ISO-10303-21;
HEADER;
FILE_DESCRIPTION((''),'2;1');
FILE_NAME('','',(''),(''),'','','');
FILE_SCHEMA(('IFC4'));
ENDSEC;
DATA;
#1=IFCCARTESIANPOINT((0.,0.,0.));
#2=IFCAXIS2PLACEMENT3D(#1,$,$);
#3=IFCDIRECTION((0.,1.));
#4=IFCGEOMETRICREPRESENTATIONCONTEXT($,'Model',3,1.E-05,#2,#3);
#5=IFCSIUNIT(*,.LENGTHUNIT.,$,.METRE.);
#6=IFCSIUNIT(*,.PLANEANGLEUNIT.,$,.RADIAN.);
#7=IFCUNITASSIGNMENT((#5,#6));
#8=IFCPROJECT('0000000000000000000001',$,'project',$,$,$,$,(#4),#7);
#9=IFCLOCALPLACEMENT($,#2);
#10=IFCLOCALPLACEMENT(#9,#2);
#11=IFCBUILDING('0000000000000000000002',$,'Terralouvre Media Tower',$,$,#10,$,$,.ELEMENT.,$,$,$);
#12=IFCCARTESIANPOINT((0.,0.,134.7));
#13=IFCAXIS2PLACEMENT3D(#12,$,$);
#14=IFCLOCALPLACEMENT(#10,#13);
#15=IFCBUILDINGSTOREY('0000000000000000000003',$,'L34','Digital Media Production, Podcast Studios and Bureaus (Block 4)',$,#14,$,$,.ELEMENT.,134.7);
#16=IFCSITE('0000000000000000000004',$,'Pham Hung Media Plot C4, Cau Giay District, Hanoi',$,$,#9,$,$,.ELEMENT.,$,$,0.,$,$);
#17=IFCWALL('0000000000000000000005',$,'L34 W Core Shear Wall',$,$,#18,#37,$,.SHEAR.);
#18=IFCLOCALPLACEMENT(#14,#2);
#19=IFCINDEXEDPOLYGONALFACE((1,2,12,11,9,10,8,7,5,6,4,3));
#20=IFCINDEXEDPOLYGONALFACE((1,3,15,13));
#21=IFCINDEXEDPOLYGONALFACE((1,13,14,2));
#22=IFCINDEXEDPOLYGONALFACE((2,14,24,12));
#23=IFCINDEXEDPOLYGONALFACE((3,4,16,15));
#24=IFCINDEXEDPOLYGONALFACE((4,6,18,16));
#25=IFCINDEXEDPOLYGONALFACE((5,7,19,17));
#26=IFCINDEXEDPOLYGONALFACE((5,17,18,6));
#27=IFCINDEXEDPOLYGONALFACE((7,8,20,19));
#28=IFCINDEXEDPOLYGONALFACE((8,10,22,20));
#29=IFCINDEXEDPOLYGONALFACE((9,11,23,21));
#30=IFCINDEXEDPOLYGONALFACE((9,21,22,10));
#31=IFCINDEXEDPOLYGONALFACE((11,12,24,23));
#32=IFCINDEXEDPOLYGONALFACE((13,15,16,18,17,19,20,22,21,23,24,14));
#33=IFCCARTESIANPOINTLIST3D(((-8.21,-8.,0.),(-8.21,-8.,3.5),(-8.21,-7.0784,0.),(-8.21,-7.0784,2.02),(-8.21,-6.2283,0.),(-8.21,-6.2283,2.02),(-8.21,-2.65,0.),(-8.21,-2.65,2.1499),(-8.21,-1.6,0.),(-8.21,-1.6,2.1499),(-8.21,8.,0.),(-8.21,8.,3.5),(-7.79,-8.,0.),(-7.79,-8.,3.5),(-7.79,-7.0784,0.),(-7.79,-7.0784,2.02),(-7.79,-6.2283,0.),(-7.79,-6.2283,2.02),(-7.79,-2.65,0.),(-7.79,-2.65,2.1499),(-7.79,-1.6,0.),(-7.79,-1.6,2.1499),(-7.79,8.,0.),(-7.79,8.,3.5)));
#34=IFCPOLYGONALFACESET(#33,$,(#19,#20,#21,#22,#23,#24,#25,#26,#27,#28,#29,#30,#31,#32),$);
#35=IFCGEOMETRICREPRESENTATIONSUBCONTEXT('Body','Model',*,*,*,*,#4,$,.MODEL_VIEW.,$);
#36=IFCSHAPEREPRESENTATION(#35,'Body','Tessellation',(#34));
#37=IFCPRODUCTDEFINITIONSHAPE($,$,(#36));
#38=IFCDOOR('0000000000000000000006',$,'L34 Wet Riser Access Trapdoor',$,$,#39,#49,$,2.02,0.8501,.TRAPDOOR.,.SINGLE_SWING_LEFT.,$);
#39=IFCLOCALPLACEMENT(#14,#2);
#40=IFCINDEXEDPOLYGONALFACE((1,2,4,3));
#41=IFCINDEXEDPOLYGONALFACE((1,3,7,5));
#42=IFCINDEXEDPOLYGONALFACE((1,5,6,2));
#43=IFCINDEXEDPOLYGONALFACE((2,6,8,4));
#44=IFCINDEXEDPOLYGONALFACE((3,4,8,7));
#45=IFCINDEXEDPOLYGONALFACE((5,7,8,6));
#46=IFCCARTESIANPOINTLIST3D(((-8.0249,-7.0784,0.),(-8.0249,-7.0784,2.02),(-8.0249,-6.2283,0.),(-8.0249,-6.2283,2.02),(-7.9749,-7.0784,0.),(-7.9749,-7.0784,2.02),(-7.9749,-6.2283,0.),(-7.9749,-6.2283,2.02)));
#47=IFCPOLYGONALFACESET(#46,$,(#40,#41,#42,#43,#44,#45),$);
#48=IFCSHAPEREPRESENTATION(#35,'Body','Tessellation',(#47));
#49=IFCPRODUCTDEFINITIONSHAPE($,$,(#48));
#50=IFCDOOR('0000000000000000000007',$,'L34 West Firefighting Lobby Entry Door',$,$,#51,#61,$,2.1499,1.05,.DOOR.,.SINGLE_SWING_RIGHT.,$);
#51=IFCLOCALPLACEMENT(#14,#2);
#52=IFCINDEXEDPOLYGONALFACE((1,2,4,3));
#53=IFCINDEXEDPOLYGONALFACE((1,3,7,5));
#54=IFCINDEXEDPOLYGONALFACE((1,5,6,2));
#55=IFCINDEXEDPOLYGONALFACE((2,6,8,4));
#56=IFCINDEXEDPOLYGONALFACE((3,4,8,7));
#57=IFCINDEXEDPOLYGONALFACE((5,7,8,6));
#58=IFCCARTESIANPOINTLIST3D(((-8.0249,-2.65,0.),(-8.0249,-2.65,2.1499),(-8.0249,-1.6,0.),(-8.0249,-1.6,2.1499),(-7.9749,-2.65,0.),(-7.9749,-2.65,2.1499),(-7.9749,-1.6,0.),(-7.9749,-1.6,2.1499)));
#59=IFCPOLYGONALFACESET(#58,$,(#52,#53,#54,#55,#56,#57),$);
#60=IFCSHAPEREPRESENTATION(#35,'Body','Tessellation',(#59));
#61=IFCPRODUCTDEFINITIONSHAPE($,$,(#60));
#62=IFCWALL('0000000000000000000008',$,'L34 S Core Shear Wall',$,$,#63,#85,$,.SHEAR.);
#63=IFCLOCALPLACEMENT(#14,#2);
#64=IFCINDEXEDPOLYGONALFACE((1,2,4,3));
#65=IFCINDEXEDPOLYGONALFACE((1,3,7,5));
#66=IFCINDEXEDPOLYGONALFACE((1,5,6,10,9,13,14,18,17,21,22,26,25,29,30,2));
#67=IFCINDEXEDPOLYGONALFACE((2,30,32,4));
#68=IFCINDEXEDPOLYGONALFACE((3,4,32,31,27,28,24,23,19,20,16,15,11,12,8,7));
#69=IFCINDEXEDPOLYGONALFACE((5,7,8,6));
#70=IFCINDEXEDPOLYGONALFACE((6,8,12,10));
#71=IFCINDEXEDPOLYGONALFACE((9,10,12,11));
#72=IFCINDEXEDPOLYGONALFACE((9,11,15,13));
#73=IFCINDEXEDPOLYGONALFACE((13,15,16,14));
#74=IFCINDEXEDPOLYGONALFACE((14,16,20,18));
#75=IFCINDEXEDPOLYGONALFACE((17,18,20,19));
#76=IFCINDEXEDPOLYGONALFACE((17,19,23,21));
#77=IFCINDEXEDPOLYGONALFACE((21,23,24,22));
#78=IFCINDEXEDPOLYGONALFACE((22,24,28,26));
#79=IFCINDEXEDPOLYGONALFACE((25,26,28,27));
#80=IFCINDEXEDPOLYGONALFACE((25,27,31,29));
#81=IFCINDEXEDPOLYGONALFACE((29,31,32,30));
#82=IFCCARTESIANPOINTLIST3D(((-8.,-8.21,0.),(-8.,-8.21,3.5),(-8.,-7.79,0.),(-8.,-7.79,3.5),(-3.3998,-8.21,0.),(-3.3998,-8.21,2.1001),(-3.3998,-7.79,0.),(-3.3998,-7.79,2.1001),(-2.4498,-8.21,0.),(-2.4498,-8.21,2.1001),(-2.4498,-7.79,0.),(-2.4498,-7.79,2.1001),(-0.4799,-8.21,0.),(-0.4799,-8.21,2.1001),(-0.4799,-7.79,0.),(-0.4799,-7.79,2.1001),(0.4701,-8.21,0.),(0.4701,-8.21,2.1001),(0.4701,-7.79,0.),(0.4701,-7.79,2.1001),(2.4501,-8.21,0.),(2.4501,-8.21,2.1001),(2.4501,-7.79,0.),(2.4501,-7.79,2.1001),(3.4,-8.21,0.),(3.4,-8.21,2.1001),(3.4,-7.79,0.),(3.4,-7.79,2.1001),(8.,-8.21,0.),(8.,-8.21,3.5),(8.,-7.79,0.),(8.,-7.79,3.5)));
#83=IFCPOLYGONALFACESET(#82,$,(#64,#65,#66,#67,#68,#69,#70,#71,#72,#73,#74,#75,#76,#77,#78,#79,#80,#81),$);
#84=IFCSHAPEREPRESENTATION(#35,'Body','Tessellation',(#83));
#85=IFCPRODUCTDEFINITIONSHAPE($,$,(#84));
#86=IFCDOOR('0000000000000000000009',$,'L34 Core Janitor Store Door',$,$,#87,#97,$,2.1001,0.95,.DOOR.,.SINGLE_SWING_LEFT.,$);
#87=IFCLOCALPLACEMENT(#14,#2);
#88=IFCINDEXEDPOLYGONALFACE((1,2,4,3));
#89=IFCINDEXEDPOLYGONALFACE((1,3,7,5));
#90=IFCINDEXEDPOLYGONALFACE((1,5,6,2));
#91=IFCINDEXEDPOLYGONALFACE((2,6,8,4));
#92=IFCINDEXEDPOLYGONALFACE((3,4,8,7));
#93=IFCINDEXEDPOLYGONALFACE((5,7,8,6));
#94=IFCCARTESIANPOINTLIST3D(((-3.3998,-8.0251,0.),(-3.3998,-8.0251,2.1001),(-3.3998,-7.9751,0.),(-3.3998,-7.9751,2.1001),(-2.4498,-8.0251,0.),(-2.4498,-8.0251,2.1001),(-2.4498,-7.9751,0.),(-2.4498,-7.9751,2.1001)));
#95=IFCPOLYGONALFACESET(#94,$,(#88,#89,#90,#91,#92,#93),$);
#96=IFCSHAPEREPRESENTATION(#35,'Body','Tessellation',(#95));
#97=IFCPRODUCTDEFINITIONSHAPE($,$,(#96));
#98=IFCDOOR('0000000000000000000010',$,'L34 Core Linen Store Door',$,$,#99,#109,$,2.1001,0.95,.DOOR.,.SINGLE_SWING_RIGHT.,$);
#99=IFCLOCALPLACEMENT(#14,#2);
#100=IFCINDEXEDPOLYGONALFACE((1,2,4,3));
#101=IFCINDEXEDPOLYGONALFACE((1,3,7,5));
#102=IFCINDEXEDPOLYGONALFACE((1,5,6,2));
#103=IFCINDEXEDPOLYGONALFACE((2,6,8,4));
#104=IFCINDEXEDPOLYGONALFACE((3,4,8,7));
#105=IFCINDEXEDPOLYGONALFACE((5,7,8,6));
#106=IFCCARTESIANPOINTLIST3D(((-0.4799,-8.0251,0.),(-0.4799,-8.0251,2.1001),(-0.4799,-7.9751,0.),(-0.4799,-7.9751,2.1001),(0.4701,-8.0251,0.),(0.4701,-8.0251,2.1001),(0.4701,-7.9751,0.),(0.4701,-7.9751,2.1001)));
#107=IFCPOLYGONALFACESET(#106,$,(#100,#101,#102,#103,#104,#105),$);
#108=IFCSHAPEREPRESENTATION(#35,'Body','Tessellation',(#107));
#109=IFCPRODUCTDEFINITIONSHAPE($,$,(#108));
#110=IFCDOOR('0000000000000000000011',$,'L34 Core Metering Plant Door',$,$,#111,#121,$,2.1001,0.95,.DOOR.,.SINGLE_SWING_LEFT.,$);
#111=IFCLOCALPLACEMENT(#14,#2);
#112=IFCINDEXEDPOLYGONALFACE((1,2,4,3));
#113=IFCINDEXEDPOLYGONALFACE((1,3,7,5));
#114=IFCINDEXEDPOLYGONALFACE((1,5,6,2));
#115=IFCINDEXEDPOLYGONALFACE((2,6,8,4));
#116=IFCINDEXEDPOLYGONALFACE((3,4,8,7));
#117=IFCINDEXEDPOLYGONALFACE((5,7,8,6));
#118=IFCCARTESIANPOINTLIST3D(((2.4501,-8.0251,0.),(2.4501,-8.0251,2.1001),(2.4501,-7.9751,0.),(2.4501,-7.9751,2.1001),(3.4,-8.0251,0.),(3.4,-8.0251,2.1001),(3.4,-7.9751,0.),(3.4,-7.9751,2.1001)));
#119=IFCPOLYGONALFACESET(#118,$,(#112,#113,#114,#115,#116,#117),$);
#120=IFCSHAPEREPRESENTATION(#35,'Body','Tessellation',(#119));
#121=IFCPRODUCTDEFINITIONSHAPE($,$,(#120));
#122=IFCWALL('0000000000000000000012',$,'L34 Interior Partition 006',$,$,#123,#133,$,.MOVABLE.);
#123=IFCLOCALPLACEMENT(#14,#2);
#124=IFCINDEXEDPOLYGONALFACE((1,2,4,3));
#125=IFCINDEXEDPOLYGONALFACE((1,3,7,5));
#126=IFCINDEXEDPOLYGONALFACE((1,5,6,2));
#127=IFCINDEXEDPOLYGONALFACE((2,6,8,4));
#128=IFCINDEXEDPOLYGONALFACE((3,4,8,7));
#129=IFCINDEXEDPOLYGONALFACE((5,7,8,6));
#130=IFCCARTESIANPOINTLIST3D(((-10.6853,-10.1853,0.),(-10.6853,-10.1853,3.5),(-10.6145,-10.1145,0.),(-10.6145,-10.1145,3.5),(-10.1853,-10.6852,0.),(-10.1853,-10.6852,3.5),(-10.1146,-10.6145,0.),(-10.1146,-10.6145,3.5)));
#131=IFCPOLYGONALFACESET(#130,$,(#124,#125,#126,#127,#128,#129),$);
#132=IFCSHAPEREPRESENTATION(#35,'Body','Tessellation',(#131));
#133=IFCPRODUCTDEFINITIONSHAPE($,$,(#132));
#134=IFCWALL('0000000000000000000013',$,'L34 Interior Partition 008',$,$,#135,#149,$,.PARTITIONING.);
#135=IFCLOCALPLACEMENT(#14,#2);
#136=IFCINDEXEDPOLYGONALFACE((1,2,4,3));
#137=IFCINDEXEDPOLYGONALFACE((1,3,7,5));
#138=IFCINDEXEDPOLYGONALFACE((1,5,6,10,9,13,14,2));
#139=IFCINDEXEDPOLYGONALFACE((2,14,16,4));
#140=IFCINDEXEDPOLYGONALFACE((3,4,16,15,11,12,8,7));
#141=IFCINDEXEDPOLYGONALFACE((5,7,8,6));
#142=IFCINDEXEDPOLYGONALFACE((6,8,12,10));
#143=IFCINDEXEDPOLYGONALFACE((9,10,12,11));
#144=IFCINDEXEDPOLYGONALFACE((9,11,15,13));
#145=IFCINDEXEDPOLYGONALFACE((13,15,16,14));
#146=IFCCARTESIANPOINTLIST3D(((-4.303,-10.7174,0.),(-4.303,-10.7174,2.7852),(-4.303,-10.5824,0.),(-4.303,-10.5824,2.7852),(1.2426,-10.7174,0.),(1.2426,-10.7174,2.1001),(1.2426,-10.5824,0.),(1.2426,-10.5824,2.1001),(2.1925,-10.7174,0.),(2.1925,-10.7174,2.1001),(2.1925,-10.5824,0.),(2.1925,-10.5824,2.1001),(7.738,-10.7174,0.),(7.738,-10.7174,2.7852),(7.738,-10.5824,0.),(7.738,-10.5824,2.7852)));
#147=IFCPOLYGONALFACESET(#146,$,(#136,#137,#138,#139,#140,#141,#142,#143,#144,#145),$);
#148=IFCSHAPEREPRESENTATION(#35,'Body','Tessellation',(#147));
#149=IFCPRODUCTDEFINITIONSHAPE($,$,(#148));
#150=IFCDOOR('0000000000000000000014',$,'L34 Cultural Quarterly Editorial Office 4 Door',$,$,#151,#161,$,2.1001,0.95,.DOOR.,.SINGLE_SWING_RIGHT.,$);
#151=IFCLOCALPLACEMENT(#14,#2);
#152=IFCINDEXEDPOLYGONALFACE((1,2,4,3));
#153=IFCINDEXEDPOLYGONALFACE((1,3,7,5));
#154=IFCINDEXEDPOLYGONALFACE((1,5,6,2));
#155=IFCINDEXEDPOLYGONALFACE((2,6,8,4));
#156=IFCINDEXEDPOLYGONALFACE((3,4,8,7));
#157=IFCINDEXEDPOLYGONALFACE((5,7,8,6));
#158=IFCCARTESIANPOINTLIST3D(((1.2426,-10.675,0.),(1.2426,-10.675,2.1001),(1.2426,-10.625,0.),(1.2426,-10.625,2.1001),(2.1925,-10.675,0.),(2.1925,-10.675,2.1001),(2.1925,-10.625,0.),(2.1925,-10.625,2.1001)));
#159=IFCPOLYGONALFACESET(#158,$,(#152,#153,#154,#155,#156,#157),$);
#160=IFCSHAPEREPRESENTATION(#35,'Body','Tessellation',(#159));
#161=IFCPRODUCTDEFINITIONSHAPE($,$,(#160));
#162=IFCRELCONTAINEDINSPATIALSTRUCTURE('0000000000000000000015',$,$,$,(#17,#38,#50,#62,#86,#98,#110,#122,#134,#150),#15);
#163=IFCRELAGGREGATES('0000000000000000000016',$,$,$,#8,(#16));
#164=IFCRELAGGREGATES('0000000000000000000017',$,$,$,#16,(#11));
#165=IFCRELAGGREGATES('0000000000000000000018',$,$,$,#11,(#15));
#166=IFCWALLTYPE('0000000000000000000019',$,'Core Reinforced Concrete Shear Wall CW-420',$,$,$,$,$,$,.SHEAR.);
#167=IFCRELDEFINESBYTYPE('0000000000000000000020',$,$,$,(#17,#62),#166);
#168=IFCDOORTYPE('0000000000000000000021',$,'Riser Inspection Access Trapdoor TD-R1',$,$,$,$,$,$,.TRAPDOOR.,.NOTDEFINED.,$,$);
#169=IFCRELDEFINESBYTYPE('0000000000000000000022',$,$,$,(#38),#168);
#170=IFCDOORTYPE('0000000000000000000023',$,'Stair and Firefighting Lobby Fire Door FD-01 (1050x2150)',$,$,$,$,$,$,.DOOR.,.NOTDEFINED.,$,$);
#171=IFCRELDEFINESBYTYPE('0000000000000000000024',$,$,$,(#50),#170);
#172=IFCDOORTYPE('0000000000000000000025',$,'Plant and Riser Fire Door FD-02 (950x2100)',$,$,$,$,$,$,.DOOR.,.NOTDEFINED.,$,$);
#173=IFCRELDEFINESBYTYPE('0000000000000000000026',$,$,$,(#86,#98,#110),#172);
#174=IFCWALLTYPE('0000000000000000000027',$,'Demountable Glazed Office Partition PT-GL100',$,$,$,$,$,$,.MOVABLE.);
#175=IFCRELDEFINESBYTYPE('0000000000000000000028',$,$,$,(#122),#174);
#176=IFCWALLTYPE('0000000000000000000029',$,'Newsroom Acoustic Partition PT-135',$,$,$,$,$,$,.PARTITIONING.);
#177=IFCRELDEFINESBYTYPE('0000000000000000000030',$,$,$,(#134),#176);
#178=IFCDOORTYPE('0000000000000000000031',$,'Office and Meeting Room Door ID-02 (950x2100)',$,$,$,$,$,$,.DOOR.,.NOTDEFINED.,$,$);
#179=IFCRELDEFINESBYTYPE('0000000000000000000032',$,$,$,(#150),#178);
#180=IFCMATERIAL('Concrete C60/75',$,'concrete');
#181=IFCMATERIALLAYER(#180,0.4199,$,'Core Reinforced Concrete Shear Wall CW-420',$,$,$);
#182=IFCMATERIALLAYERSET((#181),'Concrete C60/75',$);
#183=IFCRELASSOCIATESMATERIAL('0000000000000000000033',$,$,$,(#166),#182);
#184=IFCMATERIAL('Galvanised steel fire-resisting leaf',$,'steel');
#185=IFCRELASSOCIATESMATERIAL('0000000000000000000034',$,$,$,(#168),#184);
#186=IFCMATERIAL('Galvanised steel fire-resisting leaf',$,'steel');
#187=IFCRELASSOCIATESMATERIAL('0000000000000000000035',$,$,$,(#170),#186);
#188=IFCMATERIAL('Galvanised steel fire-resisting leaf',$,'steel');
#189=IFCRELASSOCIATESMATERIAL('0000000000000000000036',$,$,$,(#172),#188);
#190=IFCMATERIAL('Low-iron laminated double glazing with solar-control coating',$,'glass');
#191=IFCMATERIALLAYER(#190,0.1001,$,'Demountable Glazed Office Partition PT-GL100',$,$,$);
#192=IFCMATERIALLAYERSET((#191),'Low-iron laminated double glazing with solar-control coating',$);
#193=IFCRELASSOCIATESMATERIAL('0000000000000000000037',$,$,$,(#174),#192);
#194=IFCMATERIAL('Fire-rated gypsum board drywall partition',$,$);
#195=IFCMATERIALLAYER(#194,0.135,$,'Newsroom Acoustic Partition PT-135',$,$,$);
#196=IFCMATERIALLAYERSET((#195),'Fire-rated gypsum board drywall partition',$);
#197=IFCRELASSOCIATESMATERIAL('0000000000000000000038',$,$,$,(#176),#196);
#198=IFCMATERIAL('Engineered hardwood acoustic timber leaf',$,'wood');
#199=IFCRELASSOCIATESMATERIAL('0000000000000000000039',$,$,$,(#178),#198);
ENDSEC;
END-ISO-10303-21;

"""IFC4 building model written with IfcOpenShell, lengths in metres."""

from ifc_helpers import new_model, si_unit, direction, frame, frame_2d, origin, place, context, subcontext, project, spatial, rectangle, extrude, material, layer, layer_set, type_object, element, fill, save


model = new_model("IFC4")

# Units and contexts
model_context = context("Model", 3, precision=1e-05, world=origin(), true_north=direction((0.0, 1.0)))
body_context = subcontext(model_context, "Body", "Model", "MODEL_VIEW")
ifc_project = project(units=[si_unit("LENGTHUNIT", "METRE"), si_unit("PLANEANGLEUNIT", "RADIAN")], contexts=[model_context])

# Site, building, storey
site_placement = place(None, origin())
site = spatial("IfcSite", under=ifc_project, at=site_placement, Name="Pham Hung Media Plot C4, Cau Giay District, Hanoi", CompositionType="ELEMENT", RefElevation=0.0)
building_placement = place(site_placement, origin())
building = spatial("IfcBuilding", under=site, at=building_placement, Name="Terralouvre Media Tower", CompositionType="ELEMENT")
storey_placement = place(building_placement, frame((0.0, 0.0, 134.7)))
storey = spatial("IfcBuildingStorey", under=building, at=storey_placement, Name="L34", Description="Digital Media Production, Podcast Studios and Bureaus (Block 4)", CompositionType="ELEMENT", Elevation=134.7)

# Walls, openings, doors
ifc_material_1 = material(Name="Concrete C60/75", Category="concrete")
ifc_layer_1 = layer(ifc_material_1, 0.4199, Name="Core Reinforced Concrete Shear Wall CW-420")
ifc_layer_set_1 = layer_set([ifc_layer_1], Name="Concrete C60/75")
wall_type_1 = type_object("IfcWallType", Name="Core Reinforced Concrete Shear Wall CW-420", PredefinedType="SHEAR", material=ifc_layer_set_1)
wall_1_placement = place(storey_placement, frame((-8.0, -8.0, 0.0), z_axis=(0.0, 0.0, 1.0), x_axis=(0.0, 1.0, 0.0)))
wall_1 = element("IfcWall", 1, at=wall_1_placement, inside=storey, type_object=wall_type_1, Name="L34 W Core Shear Wall", PredefinedType="SHEAR", context=body_context, shape_type="SweptSolid", body=[
    extrude(rectangle(XDim=16.0, YDim=0.4199, at=frame_2d((8.0, 0.0))), origin(), (0.0, 0.0, 1.0), 3.5),
])
opening_1_placement = place(wall_1_placement, frame((0.9216, 0.0, 0.0)))
opening_1 = element("IfcOpeningElement", 2, at=opening_1_placement, cuts=wall_1, PredefinedType="OPENING", context=body_context, shape_type="SweptSolid", body=[
    extrude(rectangle(XDim=0.8501, YDim=2.02, at=frame_2d((0.425, 1.01))), frame((0.0, 0.22, 0.0), z_axis=(0.0, -1.0, 0.0), x_axis=(1.0, 0.0, 0.0)), (0.0, 0.0, 1.0), 0.4399),
])
opening_2_placement = place(wall_1_placement, frame((5.3501, 0.0, 0.0)))
opening_2 = element("IfcOpeningElement", 3, at=opening_2_placement, cuts=wall_1, PredefinedType="OPENING", context=body_context, shape_type="SweptSolid", body=[
    extrude(rectangle(XDim=1.05, YDim=2.1499, at=frame_2d((0.5249, 1.075))), frame((0.0, 0.22, 0.0), z_axis=(0.0, -1.0, 0.0), x_axis=(1.0, 0.0, 0.0)), (0.0, 0.0, 1.0), 0.4399),
])
ifc_material_2 = material(Name="Galvanised steel fire-resisting leaf", Category="steel")
door_type_1 = type_object("IfcDoorType", Name="Riser Inspection Access Trapdoor TD-R1", OperationType="NOTDEFINED", PredefinedType="TRAPDOOR", material=ifc_material_2)
door_1_placement = place(opening_1_placement, origin())
door_1 = element("IfcDoor", 4, at=door_1_placement, inside=storey, type_object=door_type_1, Name="L34 Wet Riser Access Trapdoor", OperationType="SINGLE_SWING_LEFT", OverallHeight=2.02, OverallWidth=0.8501, PredefinedType="TRAPDOOR", context=body_context, shape_type="SweptSolid", body=[
    extrude(rectangle(XDim=0.8501, YDim=2.02, at=frame_2d((0.425, 1.01))), frame((0.0, 0.0249, 0.0), z_axis=(0.0, -1.0, 0.0), x_axis=(1.0, 0.0, 0.0)), (0.0, 0.0, 1.0), 0.05),
])
fill(opening_1, door_1)
ifc_material_3 = material(Name="Galvanised steel fire-resisting leaf", Category="steel")
door_type_2 = type_object("IfcDoorType", Name="Stair and Firefighting Lobby Fire Door FD-01 (1050x2150)", OperationType="NOTDEFINED", PredefinedType="DOOR", material=ifc_material_3)
door_2_placement = place(opening_2_placement, origin())
door_2 = element("IfcDoor", 5, at=door_2_placement, inside=storey, type_object=door_type_2, Name="L34 West Firefighting Lobby Entry Door", OperationType="SINGLE_SWING_RIGHT", OverallHeight=2.1499, OverallWidth=1.05, PredefinedType="DOOR", context=body_context, shape_type="SweptSolid", body=[
    extrude(rectangle(XDim=1.05, YDim=2.1499, at=frame_2d((0.5249, 1.075))), frame((0.0, 0.0249, 0.0), z_axis=(0.0, -1.0, 0.0), x_axis=(1.0, 0.0, 0.0)), (0.0, 0.0, 1.0), 0.05),
])
fill(opening_2, door_2)
wall_2_placement = place(storey_placement, frame((-8.0, -8.0, 0.0), z_axis=(0.0, 0.0, 1.0), x_axis=(1.0, 0.0, 0.0)))
wall_2 = element("IfcWall", 6, at=wall_2_placement, inside=storey, type_object=wall_type_1, Name="L34 S Core Shear Wall", PredefinedType="SHEAR", context=body_context, shape_type="SweptSolid", body=[
    extrude(rectangle(XDim=16.0, YDim=0.4199, at=frame_2d((8.0, 0.0))), origin(), (0.0, 0.0, 1.0), 3.5),
])
opening_3_placement = place(wall_2_placement, frame((4.6001, 0.0, 0.0)))
opening_3 = element("IfcOpeningElement", 7, at=opening_3_placement, cuts=wall_2, PredefinedType="OPENING", context=body_context, shape_type="SweptSolid", body=[
    extrude(rectangle(XDim=0.95, YDim=2.1001, at=frame_2d((0.4751, 1.05))), frame((0.0, 0.22, 0.0), z_axis=(0.0, -1.0, 0.0), x_axis=(1.0, 0.0, 0.0)), (0.0, 0.0, 1.0), 0.4399),
])
opening_4_placement = place(wall_2_placement, frame((7.52, 0.0, 0.0)))
opening_4 = element("IfcOpeningElement", 8, at=opening_4_placement, cuts=wall_2, PredefinedType="OPENING", context=body_context, shape_type="SweptSolid", body=[
    extrude(rectangle(XDim=0.95, YDim=2.1001, at=frame_2d((0.4751, 1.05))), frame((0.0, 0.22, 0.0), z_axis=(0.0, -1.0, 0.0), x_axis=(1.0, 0.0, 0.0)), (0.0, 0.0, 1.0), 0.4399),
])
opening_5_placement = place(wall_2_placement, frame((10.45, 0.0, 0.0)))
opening_5 = element("IfcOpeningElement", 9, at=opening_5_placement, cuts=wall_2, PredefinedType="OPENING", context=body_context, shape_type="SweptSolid", body=[
    extrude(rectangle(XDim=0.95, YDim=2.1001, at=frame_2d((0.4751, 1.05))), frame((0.0, 0.22, 0.0), z_axis=(0.0, -1.0, 0.0), x_axis=(1.0, 0.0, 0.0)), (0.0, 0.0, 1.0), 0.4399),
])
ifc_material_4 = material(Name="Galvanised steel fire-resisting leaf", Category="steel")
door_type_3 = type_object("IfcDoorType", Name="Plant and Riser Fire Door FD-02 (950x2100)", OperationType="NOTDEFINED", PredefinedType="DOOR", material=ifc_material_4)
door_3_placement = place(opening_3_placement, origin())
door_3 = element("IfcDoor", 10, at=door_3_placement, inside=storey, type_object=door_type_3, Name="L34 Core Janitor Store Door", OperationType="SINGLE_SWING_LEFT", OverallHeight=2.1001, OverallWidth=0.95, PredefinedType="DOOR", context=body_context, shape_type="SweptSolid", body=[
    extrude(rectangle(XDim=0.95, YDim=2.1001, at=frame_2d((0.4751, 1.05))), frame((0.0, 0.0249, 0.0), z_axis=(0.0, -1.0, 0.0), x_axis=(1.0, 0.0, 0.0)), (0.0, 0.0, 1.0), 0.05),
])
fill(opening_3, door_3)
door_4_placement = place(opening_4_placement, origin())
door_4 = element("IfcDoor", 11, at=door_4_placement, inside=storey, type_object=door_type_3, Name="L34 Core Linen Store Door", OperationType="SINGLE_SWING_RIGHT", OverallHeight=2.1001, OverallWidth=0.95, PredefinedType="DOOR", context=body_context, shape_type="SweptSolid", body=[
    extrude(rectangle(XDim=0.95, YDim=2.1001, at=frame_2d((0.4751, 1.05))), frame((0.0, 0.0249, 0.0), z_axis=(0.0, -1.0, 0.0), x_axis=(1.0, 0.0, 0.0)), (0.0, 0.0, 1.0), 0.05),
])
fill(opening_4, door_4)
door_5_placement = place(opening_5_placement, origin())
door_5 = element("IfcDoor", 12, at=door_5_placement, inside=storey, type_object=door_type_3, Name="L34 Core Metering Plant Door", OperationType="SINGLE_SWING_LEFT", OverallHeight=2.1001, OverallWidth=0.95, PredefinedType="DOOR", context=body_context, shape_type="SweptSolid", body=[
    extrude(rectangle(XDim=0.95, YDim=2.1001, at=frame_2d((0.4751, 1.05))), frame((0.0, 0.0249, 0.0), z_axis=(0.0, -1.0, 0.0), x_axis=(1.0, 0.0, 0.0)), (0.0, 0.0, 1.0), 0.05),
])
fill(opening_5, door_5)

# Wall
ifc_material_5 = material(Name="Low-iron laminated double glazing with solar-control coating", Category="glass")
ifc_layer_2 = layer(ifc_material_5, 0.1001, Name="Demountable Glazed Office Partition PT-GL100")
ifc_layer_set_2 = layer_set([ifc_layer_2], Name="Low-iron laminated double glazing with solar-control coating")
wall_type_2 = type_object("IfcWallType", Name="Demountable Glazed Office Partition PT-GL100", PredefinedType="MOVABLE", material=ifc_layer_set_2)
wall_3_placement = place(storey_placement, frame((-10.6499, -10.1499, 0.0), z_axis=(0.0, 0.0, 1.0), x_axis=(0.707107, -0.707107, 0.0)))
element("IfcWall", 13, at=wall_3_placement, inside=storey, type_object=wall_type_2, Name="L34 Interior Partition 006", PredefinedType="MOVABLE", context=body_context, shape_type="SweptSolid", body=[
    extrude(rectangle(XDim=0.707, YDim=0.1001, at=frame_2d((0.3535, 0.0))), origin(), (0.0, 0.0, 1.0), 3.5),
])

# Wall, opening, door
ifc_material_6 = material(Name="Fire-rated gypsum board drywall partition")
ifc_layer_3 = layer(ifc_material_6, 0.135, Name="Newsroom Acoustic Partition PT-135")
ifc_layer_set_3 = layer_set([ifc_layer_3], Name="Fire-rated gypsum board drywall partition")
wall_type_3 = type_object("IfcWallType", Name="Newsroom Acoustic Partition PT-135", PredefinedType="PARTITIONING", material=ifc_layer_set_3)
wall_4_placement = place(storey_placement, frame((-4.303, -10.6499, 0.0), z_axis=(0.0, 0.0, 1.0), x_axis=(1.0, 0.0, 0.0)))
wall_4 = element("IfcWall", 14, at=wall_4_placement, inside=storey, type_object=wall_type_3, Name="L34 Interior Partition 008", PredefinedType="PARTITIONING", context=body_context, shape_type="SweptSolid", body=[
    extrude(rectangle(XDim=12.041, YDim=0.135, at=frame_2d((6.0205, 0.0))), origin(), (0.0, 0.0, 1.0), 2.7852),
])
opening_6_placement = place(wall_4_placement, frame((5.5454, 0.0, 0.0)))
opening_6 = element("IfcOpeningElement", 15, at=opening_6_placement, cuts=wall_4, PredefinedType="OPENING", context=body_context, shape_type="SweptSolid", body=[
    extrude(rectangle(XDim=0.95, YDim=2.1001, at=frame_2d((0.4751, 1.05))), frame((0.0, 0.0774, 0.0), z_axis=(0.0, -1.0, 0.0), x_axis=(1.0, 0.0, 0.0)), (0.0, 0.0, 1.0), 0.155),
])
ifc_material_7 = material(Name="Engineered hardwood acoustic timber leaf", Category="wood")
door_type_4 = type_object("IfcDoorType", Name="Office and Meeting Room Door ID-02 (950x2100)", OperationType="NOTDEFINED", PredefinedType="DOOR", material=ifc_material_7)
door_6_placement = place(opening_6_placement, origin())
door_6 = element("IfcDoor", 16, at=door_6_placement, inside=storey, type_object=door_type_4, Name="L34 Cultural Quarterly Editorial Office 4 Door", OperationType="SINGLE_SWING_RIGHT", OverallHeight=2.1001, OverallWidth=0.95, PredefinedType="DOOR", context=body_context, shape_type="SweptSolid", body=[
    extrude(rectangle(XDim=0.95, YDim=2.1001, at=frame_2d((0.4751, 1.05))), frame((0.0, 0.0249, 0.0), z_axis=(0.0, -1.0, 0.0), x_axis=(1.0, 0.0, 0.0)), (0.0, 0.0, 1.0), 0.05),
])
fill(opening_6, door_6)

save(model, "model.ifc")
